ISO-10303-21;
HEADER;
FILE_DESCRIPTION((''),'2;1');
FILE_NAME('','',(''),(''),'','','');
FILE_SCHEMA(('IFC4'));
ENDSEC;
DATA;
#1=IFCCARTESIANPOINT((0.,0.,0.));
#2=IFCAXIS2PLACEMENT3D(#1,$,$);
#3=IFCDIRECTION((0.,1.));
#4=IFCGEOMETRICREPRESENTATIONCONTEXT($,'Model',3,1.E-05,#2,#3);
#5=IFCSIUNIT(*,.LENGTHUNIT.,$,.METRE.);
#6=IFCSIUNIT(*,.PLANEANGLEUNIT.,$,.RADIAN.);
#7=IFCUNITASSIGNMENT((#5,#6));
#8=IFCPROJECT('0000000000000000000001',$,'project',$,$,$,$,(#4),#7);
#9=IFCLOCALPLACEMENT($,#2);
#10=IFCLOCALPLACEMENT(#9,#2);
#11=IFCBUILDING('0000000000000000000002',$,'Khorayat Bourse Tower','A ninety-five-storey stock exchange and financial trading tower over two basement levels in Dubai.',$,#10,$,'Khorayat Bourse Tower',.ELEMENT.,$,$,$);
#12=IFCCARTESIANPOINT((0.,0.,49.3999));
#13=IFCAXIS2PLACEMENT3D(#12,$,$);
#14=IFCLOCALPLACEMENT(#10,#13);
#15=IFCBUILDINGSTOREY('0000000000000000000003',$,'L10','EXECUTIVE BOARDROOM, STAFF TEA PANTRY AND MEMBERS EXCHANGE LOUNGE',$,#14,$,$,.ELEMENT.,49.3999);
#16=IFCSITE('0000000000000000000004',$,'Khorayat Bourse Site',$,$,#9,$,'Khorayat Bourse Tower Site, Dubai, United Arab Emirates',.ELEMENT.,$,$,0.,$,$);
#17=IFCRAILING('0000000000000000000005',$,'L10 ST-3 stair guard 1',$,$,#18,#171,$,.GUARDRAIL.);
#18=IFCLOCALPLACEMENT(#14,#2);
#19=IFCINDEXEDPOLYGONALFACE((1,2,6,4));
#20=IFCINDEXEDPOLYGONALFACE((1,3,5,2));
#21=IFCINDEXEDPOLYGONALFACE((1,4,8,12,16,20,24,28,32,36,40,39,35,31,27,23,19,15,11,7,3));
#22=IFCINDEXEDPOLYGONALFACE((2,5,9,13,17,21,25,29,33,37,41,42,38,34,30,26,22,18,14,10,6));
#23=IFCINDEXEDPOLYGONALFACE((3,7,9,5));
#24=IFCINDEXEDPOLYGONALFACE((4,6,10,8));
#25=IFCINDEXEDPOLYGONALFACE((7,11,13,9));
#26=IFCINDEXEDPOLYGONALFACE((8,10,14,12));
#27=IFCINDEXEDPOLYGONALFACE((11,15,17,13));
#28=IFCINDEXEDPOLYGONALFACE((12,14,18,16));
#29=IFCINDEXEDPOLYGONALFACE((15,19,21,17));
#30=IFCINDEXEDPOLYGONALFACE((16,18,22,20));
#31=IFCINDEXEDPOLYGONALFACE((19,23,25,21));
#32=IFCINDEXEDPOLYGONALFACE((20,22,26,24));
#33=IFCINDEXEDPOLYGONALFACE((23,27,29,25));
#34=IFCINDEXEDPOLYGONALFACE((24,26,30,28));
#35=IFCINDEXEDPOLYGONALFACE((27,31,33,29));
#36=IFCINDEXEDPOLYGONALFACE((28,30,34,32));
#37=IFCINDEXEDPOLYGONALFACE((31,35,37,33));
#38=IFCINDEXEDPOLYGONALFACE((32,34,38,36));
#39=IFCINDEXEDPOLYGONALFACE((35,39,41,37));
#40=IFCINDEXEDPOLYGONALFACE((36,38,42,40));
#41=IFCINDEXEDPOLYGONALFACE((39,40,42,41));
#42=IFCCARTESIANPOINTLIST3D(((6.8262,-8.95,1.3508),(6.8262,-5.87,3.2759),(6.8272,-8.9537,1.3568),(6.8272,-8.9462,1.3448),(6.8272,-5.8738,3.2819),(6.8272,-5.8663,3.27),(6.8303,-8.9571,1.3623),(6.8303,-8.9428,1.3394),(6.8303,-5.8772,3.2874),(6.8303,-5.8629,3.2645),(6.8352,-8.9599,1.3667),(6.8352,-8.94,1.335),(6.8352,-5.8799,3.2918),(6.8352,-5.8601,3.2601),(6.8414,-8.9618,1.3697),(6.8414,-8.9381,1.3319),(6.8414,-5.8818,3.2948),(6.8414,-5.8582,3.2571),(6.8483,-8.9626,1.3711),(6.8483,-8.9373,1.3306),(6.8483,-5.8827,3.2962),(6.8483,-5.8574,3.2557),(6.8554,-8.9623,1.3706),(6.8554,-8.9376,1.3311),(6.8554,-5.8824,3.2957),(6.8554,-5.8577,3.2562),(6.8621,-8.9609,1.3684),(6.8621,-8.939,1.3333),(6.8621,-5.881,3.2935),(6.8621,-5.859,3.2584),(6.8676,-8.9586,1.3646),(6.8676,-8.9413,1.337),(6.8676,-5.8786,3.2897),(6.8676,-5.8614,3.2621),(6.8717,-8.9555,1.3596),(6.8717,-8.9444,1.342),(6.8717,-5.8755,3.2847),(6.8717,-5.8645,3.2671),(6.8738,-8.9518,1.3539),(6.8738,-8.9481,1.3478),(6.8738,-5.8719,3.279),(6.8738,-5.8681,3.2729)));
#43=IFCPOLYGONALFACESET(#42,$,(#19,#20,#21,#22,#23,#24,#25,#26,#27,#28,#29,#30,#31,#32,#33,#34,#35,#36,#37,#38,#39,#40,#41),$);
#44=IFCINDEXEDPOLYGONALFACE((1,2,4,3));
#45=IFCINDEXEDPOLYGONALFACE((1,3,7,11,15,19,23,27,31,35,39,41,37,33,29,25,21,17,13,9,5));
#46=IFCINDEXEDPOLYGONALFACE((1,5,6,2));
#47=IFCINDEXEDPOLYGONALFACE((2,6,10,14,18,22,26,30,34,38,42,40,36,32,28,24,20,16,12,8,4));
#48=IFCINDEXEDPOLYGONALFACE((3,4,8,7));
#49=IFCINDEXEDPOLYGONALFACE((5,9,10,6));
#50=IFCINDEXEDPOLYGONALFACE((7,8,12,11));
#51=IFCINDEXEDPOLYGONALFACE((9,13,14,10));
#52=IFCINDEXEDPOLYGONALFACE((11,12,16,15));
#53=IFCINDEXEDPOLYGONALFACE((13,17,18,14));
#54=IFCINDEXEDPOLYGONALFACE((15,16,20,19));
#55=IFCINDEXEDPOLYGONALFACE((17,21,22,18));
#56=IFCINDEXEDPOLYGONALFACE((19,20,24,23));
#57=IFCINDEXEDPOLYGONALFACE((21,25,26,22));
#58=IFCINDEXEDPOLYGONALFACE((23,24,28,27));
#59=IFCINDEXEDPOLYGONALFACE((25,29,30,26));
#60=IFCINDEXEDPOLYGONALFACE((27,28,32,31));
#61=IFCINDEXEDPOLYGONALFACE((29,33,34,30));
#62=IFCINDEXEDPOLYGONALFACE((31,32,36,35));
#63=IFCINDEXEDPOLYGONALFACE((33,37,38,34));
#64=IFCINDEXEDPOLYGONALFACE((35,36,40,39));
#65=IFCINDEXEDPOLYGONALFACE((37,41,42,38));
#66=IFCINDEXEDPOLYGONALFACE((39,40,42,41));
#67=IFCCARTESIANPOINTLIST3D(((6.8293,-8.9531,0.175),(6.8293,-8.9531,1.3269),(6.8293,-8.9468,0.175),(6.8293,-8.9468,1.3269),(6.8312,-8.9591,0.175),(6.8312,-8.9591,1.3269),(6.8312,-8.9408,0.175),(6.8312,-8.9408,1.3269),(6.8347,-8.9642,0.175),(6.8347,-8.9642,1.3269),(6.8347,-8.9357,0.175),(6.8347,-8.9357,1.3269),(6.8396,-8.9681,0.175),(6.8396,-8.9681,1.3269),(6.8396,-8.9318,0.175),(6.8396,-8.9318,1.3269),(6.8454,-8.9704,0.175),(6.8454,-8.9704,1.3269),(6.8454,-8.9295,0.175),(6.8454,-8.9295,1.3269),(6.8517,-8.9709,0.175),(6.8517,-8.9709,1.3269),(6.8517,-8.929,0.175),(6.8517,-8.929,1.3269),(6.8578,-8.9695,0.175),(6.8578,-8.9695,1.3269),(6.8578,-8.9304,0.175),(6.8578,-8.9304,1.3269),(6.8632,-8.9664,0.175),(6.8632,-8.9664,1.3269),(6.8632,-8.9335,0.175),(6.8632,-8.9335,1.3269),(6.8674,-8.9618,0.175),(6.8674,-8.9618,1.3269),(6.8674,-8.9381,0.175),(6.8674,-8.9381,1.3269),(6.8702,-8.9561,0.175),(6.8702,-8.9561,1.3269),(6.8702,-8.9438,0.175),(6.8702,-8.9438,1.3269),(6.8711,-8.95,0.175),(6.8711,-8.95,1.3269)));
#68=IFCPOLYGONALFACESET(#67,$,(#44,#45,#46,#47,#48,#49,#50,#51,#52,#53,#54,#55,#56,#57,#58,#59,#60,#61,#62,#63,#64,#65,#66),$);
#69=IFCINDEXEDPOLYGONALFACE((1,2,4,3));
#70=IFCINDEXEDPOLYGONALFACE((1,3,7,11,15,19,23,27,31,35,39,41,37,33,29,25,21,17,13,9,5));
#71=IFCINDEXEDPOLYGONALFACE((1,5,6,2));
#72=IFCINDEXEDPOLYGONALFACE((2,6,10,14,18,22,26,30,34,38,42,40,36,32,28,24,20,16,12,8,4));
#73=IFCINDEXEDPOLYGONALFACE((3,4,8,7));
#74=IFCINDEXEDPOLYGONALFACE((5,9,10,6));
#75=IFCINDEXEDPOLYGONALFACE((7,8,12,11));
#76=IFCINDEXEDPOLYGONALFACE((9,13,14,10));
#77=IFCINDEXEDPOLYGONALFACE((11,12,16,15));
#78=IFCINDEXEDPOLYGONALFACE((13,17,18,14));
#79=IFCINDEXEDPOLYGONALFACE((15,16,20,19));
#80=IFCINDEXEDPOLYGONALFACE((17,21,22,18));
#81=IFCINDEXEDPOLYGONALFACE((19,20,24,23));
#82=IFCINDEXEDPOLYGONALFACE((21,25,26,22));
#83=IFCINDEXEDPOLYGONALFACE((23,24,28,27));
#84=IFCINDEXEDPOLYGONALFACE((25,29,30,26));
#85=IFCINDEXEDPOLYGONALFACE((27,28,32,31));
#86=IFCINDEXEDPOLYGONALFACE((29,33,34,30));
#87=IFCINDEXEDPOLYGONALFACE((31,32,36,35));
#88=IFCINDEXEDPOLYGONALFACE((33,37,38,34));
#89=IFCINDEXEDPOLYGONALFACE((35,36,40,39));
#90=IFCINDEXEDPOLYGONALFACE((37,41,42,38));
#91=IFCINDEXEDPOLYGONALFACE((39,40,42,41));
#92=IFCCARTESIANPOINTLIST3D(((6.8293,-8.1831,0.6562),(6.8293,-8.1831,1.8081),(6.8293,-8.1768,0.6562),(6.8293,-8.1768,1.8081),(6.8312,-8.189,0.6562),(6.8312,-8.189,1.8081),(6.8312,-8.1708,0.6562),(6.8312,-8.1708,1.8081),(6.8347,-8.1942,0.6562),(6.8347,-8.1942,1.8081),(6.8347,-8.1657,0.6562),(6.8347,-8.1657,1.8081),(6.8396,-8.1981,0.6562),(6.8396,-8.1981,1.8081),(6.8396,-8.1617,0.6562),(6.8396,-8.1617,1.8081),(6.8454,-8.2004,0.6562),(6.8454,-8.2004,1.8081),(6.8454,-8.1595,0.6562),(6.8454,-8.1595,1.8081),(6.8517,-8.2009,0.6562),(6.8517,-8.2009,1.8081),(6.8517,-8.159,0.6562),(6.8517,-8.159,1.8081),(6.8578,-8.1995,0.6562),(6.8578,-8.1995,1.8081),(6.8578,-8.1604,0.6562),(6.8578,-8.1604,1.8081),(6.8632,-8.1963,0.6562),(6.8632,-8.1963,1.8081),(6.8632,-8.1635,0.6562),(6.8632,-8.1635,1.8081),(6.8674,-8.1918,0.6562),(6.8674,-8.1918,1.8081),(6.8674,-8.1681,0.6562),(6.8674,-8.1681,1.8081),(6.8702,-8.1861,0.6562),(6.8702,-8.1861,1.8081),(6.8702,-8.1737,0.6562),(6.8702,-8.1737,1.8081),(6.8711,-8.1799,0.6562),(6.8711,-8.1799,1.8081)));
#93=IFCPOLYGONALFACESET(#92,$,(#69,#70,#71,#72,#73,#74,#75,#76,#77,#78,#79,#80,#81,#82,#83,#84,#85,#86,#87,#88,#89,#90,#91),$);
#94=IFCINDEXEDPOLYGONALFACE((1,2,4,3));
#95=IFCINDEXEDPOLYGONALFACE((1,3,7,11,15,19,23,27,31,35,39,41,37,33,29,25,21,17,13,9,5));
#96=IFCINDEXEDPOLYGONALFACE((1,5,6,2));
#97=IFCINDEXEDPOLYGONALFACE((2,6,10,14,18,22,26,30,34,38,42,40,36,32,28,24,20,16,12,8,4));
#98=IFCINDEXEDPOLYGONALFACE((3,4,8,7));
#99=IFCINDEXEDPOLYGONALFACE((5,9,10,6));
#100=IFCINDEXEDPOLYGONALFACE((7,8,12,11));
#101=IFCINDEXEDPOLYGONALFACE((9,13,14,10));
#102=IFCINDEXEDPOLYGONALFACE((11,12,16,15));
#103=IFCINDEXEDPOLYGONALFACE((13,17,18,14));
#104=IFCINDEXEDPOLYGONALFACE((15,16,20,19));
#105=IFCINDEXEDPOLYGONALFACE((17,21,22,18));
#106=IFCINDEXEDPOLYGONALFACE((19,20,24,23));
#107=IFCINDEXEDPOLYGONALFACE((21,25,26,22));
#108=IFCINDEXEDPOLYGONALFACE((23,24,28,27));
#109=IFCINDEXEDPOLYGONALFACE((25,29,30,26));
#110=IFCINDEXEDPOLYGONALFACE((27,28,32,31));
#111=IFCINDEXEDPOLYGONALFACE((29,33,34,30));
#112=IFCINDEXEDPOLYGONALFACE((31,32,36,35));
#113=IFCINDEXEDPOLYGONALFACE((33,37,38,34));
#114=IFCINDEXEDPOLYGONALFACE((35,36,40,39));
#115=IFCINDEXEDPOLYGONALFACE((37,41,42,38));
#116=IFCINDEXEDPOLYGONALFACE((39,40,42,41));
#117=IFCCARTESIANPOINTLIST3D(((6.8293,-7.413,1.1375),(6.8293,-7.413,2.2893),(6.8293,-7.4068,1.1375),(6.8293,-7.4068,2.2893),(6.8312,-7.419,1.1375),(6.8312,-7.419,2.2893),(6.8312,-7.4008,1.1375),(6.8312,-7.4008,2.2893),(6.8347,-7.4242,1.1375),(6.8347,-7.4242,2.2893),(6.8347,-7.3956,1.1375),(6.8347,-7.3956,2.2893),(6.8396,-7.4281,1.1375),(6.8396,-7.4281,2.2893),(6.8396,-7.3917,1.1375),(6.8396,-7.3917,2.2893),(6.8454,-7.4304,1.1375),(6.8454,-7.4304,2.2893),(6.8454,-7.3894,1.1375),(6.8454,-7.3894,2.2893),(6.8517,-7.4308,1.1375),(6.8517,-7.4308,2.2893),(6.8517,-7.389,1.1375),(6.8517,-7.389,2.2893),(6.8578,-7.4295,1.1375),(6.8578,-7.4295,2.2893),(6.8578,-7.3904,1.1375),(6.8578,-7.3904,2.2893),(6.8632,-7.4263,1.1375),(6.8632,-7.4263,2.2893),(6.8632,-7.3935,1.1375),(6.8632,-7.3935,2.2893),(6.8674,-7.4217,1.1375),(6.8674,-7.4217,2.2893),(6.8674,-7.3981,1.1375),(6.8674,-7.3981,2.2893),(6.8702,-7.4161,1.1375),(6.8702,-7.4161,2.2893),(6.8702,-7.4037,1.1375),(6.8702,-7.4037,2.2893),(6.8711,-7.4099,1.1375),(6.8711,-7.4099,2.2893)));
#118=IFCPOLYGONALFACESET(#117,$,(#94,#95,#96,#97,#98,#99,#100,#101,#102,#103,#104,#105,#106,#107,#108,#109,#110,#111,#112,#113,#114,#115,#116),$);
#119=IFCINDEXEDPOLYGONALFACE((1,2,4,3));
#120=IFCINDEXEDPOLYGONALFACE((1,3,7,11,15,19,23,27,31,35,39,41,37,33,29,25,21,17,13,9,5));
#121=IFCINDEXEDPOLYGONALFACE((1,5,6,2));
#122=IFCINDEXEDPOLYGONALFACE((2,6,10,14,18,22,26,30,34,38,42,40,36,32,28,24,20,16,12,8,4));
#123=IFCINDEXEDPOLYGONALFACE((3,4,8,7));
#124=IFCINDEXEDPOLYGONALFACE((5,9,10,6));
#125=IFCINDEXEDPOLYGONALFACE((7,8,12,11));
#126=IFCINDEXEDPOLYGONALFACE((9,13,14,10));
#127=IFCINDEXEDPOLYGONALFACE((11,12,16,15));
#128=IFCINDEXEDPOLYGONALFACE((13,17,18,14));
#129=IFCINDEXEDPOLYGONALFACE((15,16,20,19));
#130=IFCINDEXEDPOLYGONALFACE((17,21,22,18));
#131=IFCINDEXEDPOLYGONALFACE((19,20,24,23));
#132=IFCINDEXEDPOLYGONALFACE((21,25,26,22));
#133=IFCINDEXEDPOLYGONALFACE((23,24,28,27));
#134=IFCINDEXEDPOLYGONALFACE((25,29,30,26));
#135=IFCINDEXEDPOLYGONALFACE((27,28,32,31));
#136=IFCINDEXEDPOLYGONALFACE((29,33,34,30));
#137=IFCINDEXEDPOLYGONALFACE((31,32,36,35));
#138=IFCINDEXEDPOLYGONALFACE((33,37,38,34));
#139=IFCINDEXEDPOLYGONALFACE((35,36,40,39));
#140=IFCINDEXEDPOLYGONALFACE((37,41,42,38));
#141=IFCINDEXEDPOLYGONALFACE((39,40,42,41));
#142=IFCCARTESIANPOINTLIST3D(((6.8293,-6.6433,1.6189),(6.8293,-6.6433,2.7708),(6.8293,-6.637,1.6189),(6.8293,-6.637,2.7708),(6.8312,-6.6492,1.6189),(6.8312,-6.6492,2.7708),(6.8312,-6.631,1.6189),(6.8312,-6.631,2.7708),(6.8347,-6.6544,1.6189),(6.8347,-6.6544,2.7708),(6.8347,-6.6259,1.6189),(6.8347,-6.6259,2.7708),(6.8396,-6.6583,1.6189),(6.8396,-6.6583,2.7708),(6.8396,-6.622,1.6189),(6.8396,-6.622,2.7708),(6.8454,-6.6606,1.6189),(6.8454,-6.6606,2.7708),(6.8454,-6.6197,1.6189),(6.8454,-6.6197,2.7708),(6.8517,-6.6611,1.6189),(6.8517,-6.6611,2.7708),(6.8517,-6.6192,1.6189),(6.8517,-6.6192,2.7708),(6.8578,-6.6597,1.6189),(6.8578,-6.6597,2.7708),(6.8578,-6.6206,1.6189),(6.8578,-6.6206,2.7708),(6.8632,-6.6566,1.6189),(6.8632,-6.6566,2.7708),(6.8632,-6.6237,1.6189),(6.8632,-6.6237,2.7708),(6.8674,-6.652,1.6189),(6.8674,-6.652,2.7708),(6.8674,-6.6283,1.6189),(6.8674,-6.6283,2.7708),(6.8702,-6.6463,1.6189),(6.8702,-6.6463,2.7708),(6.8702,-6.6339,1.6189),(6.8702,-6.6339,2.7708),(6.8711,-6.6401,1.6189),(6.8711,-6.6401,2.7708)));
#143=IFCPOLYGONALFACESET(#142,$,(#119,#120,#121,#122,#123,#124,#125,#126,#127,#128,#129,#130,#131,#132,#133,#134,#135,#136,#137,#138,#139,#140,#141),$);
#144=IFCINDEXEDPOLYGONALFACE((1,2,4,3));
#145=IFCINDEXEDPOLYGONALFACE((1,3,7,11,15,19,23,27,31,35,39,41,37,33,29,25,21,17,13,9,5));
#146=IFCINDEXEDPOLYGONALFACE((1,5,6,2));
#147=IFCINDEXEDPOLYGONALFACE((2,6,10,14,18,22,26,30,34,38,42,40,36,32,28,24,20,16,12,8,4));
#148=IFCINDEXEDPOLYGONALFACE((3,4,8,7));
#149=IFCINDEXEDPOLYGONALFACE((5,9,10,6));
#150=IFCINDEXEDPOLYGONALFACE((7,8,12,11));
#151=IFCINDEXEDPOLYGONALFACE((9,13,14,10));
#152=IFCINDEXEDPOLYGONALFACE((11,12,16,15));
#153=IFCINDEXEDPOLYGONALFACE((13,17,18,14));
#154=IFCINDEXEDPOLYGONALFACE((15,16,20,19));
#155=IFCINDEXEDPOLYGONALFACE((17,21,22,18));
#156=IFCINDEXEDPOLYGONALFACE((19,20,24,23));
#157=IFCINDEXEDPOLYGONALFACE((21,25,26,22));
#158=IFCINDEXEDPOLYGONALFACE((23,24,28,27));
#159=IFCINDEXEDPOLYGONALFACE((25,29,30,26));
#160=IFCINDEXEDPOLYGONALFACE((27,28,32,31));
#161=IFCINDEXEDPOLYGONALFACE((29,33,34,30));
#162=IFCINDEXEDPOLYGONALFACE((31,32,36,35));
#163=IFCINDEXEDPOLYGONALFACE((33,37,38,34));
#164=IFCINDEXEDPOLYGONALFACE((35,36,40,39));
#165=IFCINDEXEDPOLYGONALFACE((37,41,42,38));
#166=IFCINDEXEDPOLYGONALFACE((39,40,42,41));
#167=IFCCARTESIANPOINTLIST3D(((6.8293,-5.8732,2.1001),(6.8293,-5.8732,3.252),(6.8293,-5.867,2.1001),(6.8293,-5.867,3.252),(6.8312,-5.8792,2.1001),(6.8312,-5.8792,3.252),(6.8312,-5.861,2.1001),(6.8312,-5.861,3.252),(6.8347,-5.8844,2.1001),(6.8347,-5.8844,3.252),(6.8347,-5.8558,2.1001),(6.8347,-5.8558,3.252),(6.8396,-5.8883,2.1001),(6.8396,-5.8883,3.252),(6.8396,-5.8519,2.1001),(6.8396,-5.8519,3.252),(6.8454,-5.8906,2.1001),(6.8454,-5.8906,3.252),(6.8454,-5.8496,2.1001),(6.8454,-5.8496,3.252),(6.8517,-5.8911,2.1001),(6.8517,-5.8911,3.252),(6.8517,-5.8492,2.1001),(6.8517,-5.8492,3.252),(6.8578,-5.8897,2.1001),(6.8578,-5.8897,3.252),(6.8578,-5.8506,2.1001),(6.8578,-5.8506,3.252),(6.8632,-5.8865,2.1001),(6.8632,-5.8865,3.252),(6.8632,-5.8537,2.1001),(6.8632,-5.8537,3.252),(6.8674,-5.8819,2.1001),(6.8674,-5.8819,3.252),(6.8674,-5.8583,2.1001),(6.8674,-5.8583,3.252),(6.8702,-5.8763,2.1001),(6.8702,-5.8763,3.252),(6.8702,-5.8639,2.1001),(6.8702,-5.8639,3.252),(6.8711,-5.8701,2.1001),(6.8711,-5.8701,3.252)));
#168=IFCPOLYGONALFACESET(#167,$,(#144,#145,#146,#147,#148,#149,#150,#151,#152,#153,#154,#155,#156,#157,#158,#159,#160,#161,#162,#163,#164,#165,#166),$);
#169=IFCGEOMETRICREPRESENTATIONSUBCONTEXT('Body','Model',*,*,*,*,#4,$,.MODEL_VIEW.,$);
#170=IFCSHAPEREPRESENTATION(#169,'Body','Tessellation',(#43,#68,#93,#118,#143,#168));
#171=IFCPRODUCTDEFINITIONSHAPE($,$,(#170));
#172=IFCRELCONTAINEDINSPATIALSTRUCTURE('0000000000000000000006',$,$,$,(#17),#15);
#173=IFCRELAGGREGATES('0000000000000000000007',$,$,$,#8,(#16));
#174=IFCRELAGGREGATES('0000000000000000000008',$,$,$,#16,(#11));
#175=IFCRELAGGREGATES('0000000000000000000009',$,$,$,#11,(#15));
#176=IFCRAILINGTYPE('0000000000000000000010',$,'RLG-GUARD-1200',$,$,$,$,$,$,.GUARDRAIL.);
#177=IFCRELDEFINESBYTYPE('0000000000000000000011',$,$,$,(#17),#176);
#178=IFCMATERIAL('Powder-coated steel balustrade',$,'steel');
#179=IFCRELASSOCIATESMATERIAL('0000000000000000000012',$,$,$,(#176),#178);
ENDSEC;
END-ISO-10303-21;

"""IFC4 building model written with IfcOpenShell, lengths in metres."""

from ifc_helpers import new_model, si_unit, direction, frame, origin, origin_2d, place, context, subcontext, project, spatial, circle, extrude, source, transform, mapped, material, type_object, element, save


model = new_model("IFC4")

# Units and contexts
model_context = context("Model", 3, precision=1e-05, world=origin(), true_north=direction((0.0, 1.0)))
body_context = subcontext(model_context, "Body", "Model", "MODEL_VIEW")
ifc_project = project(units=[si_unit("LENGTHUNIT", "METRE"), si_unit("PLANEANGLEUNIT", "RADIAN")], contexts=[model_context])

# Site, building, storey
site_placement = place(None, origin())
site = spatial("IfcSite", under=ifc_project, at=site_placement, Name="Khorayat Bourse Site", LongName="Khorayat Bourse Tower Site, Dubai, United Arab Emirates", CompositionType="ELEMENT", RefElevation=0.0)
building_placement = place(site_placement, origin())
building = spatial("IfcBuilding", under=site, at=building_placement, Name="Khorayat Bourse Tower", Description="A ninety-five-storey stock exchange and financial trading tower over two basement levels in Dubai.", LongName="Khorayat Bourse Tower", CompositionType="ELEMENT")
storey_placement = place(building_placement, frame((0.0, 0.0, 49.3999)))
storey = spatial("IfcBuildingStorey", under=building, at=storey_placement, Name="L10", Description="EXECUTIVE BOARDROOM, STAFF TEA PANTRY AND MEMBERS EXCHANGE LOUNGE", CompositionType="ELEMENT", Elevation=49.3999)

# Railing
ifc_material_1 = material(Name="Powder-coated steel balustrade", Category="steel")
railing_type_1 = type_object("IfcRailingType", Name="RLG-GUARD-1200", PredefinedType="GUARDRAIL", material=ifc_material_1)
shared_shape_1 = source(origin(), body_context, "Body", "SweptSolid", [
    extrude(circle(Radius=0.0239, at=origin_2d()), frame((0.0, 0.0, 1.1758), z_axis=(0.0, 0.847979, 0.530029), x_axis=(-1.0, 0.0, 0.0)), (0.0, 0.0, 1.0), 3.6321),
    extrude(circle(Radius=0.021, at=origin_2d()), origin(), (0.0, 0.0, 1.0), 1.1519),
    extrude(circle(Radius=0.021, at=origin_2d()), frame((0.0, 0.77, 0.4812)), (0.0, 0.0, 1.0), 1.1519),
    extrude(circle(Radius=0.021, at=origin_2d()), frame((0.0, 1.54, 0.9624)), (0.0, 0.0, 1.0), 1.1519),
    extrude(circle(Radius=0.021, at=origin_2d()), frame((0.0, 2.3098, 1.4438)), (0.0, 0.0, 1.0), 1.1519),
    extrude(circle(Radius=0.021, at=origin_2d()), frame((0.0, 3.0798, 1.925)), (0.0, 0.0, 1.0), 1.1519),
])
railing_1_placement = place(storey_placement, frame((6.8501, -8.95, 0.175)))
element("IfcRailing", 1, at=railing_1_placement, inside=storey, type_object=railing_type_1, Name="L10 ST-3 stair guard 1", PredefinedType="GUARDRAIL", context=body_context, shape_type="MappedRepresentation", body=[
    mapped(shared_shape_1, transform((0.0, 0.0, 0.0), scale=1.0)),
])

save(model, "model.ifc")
